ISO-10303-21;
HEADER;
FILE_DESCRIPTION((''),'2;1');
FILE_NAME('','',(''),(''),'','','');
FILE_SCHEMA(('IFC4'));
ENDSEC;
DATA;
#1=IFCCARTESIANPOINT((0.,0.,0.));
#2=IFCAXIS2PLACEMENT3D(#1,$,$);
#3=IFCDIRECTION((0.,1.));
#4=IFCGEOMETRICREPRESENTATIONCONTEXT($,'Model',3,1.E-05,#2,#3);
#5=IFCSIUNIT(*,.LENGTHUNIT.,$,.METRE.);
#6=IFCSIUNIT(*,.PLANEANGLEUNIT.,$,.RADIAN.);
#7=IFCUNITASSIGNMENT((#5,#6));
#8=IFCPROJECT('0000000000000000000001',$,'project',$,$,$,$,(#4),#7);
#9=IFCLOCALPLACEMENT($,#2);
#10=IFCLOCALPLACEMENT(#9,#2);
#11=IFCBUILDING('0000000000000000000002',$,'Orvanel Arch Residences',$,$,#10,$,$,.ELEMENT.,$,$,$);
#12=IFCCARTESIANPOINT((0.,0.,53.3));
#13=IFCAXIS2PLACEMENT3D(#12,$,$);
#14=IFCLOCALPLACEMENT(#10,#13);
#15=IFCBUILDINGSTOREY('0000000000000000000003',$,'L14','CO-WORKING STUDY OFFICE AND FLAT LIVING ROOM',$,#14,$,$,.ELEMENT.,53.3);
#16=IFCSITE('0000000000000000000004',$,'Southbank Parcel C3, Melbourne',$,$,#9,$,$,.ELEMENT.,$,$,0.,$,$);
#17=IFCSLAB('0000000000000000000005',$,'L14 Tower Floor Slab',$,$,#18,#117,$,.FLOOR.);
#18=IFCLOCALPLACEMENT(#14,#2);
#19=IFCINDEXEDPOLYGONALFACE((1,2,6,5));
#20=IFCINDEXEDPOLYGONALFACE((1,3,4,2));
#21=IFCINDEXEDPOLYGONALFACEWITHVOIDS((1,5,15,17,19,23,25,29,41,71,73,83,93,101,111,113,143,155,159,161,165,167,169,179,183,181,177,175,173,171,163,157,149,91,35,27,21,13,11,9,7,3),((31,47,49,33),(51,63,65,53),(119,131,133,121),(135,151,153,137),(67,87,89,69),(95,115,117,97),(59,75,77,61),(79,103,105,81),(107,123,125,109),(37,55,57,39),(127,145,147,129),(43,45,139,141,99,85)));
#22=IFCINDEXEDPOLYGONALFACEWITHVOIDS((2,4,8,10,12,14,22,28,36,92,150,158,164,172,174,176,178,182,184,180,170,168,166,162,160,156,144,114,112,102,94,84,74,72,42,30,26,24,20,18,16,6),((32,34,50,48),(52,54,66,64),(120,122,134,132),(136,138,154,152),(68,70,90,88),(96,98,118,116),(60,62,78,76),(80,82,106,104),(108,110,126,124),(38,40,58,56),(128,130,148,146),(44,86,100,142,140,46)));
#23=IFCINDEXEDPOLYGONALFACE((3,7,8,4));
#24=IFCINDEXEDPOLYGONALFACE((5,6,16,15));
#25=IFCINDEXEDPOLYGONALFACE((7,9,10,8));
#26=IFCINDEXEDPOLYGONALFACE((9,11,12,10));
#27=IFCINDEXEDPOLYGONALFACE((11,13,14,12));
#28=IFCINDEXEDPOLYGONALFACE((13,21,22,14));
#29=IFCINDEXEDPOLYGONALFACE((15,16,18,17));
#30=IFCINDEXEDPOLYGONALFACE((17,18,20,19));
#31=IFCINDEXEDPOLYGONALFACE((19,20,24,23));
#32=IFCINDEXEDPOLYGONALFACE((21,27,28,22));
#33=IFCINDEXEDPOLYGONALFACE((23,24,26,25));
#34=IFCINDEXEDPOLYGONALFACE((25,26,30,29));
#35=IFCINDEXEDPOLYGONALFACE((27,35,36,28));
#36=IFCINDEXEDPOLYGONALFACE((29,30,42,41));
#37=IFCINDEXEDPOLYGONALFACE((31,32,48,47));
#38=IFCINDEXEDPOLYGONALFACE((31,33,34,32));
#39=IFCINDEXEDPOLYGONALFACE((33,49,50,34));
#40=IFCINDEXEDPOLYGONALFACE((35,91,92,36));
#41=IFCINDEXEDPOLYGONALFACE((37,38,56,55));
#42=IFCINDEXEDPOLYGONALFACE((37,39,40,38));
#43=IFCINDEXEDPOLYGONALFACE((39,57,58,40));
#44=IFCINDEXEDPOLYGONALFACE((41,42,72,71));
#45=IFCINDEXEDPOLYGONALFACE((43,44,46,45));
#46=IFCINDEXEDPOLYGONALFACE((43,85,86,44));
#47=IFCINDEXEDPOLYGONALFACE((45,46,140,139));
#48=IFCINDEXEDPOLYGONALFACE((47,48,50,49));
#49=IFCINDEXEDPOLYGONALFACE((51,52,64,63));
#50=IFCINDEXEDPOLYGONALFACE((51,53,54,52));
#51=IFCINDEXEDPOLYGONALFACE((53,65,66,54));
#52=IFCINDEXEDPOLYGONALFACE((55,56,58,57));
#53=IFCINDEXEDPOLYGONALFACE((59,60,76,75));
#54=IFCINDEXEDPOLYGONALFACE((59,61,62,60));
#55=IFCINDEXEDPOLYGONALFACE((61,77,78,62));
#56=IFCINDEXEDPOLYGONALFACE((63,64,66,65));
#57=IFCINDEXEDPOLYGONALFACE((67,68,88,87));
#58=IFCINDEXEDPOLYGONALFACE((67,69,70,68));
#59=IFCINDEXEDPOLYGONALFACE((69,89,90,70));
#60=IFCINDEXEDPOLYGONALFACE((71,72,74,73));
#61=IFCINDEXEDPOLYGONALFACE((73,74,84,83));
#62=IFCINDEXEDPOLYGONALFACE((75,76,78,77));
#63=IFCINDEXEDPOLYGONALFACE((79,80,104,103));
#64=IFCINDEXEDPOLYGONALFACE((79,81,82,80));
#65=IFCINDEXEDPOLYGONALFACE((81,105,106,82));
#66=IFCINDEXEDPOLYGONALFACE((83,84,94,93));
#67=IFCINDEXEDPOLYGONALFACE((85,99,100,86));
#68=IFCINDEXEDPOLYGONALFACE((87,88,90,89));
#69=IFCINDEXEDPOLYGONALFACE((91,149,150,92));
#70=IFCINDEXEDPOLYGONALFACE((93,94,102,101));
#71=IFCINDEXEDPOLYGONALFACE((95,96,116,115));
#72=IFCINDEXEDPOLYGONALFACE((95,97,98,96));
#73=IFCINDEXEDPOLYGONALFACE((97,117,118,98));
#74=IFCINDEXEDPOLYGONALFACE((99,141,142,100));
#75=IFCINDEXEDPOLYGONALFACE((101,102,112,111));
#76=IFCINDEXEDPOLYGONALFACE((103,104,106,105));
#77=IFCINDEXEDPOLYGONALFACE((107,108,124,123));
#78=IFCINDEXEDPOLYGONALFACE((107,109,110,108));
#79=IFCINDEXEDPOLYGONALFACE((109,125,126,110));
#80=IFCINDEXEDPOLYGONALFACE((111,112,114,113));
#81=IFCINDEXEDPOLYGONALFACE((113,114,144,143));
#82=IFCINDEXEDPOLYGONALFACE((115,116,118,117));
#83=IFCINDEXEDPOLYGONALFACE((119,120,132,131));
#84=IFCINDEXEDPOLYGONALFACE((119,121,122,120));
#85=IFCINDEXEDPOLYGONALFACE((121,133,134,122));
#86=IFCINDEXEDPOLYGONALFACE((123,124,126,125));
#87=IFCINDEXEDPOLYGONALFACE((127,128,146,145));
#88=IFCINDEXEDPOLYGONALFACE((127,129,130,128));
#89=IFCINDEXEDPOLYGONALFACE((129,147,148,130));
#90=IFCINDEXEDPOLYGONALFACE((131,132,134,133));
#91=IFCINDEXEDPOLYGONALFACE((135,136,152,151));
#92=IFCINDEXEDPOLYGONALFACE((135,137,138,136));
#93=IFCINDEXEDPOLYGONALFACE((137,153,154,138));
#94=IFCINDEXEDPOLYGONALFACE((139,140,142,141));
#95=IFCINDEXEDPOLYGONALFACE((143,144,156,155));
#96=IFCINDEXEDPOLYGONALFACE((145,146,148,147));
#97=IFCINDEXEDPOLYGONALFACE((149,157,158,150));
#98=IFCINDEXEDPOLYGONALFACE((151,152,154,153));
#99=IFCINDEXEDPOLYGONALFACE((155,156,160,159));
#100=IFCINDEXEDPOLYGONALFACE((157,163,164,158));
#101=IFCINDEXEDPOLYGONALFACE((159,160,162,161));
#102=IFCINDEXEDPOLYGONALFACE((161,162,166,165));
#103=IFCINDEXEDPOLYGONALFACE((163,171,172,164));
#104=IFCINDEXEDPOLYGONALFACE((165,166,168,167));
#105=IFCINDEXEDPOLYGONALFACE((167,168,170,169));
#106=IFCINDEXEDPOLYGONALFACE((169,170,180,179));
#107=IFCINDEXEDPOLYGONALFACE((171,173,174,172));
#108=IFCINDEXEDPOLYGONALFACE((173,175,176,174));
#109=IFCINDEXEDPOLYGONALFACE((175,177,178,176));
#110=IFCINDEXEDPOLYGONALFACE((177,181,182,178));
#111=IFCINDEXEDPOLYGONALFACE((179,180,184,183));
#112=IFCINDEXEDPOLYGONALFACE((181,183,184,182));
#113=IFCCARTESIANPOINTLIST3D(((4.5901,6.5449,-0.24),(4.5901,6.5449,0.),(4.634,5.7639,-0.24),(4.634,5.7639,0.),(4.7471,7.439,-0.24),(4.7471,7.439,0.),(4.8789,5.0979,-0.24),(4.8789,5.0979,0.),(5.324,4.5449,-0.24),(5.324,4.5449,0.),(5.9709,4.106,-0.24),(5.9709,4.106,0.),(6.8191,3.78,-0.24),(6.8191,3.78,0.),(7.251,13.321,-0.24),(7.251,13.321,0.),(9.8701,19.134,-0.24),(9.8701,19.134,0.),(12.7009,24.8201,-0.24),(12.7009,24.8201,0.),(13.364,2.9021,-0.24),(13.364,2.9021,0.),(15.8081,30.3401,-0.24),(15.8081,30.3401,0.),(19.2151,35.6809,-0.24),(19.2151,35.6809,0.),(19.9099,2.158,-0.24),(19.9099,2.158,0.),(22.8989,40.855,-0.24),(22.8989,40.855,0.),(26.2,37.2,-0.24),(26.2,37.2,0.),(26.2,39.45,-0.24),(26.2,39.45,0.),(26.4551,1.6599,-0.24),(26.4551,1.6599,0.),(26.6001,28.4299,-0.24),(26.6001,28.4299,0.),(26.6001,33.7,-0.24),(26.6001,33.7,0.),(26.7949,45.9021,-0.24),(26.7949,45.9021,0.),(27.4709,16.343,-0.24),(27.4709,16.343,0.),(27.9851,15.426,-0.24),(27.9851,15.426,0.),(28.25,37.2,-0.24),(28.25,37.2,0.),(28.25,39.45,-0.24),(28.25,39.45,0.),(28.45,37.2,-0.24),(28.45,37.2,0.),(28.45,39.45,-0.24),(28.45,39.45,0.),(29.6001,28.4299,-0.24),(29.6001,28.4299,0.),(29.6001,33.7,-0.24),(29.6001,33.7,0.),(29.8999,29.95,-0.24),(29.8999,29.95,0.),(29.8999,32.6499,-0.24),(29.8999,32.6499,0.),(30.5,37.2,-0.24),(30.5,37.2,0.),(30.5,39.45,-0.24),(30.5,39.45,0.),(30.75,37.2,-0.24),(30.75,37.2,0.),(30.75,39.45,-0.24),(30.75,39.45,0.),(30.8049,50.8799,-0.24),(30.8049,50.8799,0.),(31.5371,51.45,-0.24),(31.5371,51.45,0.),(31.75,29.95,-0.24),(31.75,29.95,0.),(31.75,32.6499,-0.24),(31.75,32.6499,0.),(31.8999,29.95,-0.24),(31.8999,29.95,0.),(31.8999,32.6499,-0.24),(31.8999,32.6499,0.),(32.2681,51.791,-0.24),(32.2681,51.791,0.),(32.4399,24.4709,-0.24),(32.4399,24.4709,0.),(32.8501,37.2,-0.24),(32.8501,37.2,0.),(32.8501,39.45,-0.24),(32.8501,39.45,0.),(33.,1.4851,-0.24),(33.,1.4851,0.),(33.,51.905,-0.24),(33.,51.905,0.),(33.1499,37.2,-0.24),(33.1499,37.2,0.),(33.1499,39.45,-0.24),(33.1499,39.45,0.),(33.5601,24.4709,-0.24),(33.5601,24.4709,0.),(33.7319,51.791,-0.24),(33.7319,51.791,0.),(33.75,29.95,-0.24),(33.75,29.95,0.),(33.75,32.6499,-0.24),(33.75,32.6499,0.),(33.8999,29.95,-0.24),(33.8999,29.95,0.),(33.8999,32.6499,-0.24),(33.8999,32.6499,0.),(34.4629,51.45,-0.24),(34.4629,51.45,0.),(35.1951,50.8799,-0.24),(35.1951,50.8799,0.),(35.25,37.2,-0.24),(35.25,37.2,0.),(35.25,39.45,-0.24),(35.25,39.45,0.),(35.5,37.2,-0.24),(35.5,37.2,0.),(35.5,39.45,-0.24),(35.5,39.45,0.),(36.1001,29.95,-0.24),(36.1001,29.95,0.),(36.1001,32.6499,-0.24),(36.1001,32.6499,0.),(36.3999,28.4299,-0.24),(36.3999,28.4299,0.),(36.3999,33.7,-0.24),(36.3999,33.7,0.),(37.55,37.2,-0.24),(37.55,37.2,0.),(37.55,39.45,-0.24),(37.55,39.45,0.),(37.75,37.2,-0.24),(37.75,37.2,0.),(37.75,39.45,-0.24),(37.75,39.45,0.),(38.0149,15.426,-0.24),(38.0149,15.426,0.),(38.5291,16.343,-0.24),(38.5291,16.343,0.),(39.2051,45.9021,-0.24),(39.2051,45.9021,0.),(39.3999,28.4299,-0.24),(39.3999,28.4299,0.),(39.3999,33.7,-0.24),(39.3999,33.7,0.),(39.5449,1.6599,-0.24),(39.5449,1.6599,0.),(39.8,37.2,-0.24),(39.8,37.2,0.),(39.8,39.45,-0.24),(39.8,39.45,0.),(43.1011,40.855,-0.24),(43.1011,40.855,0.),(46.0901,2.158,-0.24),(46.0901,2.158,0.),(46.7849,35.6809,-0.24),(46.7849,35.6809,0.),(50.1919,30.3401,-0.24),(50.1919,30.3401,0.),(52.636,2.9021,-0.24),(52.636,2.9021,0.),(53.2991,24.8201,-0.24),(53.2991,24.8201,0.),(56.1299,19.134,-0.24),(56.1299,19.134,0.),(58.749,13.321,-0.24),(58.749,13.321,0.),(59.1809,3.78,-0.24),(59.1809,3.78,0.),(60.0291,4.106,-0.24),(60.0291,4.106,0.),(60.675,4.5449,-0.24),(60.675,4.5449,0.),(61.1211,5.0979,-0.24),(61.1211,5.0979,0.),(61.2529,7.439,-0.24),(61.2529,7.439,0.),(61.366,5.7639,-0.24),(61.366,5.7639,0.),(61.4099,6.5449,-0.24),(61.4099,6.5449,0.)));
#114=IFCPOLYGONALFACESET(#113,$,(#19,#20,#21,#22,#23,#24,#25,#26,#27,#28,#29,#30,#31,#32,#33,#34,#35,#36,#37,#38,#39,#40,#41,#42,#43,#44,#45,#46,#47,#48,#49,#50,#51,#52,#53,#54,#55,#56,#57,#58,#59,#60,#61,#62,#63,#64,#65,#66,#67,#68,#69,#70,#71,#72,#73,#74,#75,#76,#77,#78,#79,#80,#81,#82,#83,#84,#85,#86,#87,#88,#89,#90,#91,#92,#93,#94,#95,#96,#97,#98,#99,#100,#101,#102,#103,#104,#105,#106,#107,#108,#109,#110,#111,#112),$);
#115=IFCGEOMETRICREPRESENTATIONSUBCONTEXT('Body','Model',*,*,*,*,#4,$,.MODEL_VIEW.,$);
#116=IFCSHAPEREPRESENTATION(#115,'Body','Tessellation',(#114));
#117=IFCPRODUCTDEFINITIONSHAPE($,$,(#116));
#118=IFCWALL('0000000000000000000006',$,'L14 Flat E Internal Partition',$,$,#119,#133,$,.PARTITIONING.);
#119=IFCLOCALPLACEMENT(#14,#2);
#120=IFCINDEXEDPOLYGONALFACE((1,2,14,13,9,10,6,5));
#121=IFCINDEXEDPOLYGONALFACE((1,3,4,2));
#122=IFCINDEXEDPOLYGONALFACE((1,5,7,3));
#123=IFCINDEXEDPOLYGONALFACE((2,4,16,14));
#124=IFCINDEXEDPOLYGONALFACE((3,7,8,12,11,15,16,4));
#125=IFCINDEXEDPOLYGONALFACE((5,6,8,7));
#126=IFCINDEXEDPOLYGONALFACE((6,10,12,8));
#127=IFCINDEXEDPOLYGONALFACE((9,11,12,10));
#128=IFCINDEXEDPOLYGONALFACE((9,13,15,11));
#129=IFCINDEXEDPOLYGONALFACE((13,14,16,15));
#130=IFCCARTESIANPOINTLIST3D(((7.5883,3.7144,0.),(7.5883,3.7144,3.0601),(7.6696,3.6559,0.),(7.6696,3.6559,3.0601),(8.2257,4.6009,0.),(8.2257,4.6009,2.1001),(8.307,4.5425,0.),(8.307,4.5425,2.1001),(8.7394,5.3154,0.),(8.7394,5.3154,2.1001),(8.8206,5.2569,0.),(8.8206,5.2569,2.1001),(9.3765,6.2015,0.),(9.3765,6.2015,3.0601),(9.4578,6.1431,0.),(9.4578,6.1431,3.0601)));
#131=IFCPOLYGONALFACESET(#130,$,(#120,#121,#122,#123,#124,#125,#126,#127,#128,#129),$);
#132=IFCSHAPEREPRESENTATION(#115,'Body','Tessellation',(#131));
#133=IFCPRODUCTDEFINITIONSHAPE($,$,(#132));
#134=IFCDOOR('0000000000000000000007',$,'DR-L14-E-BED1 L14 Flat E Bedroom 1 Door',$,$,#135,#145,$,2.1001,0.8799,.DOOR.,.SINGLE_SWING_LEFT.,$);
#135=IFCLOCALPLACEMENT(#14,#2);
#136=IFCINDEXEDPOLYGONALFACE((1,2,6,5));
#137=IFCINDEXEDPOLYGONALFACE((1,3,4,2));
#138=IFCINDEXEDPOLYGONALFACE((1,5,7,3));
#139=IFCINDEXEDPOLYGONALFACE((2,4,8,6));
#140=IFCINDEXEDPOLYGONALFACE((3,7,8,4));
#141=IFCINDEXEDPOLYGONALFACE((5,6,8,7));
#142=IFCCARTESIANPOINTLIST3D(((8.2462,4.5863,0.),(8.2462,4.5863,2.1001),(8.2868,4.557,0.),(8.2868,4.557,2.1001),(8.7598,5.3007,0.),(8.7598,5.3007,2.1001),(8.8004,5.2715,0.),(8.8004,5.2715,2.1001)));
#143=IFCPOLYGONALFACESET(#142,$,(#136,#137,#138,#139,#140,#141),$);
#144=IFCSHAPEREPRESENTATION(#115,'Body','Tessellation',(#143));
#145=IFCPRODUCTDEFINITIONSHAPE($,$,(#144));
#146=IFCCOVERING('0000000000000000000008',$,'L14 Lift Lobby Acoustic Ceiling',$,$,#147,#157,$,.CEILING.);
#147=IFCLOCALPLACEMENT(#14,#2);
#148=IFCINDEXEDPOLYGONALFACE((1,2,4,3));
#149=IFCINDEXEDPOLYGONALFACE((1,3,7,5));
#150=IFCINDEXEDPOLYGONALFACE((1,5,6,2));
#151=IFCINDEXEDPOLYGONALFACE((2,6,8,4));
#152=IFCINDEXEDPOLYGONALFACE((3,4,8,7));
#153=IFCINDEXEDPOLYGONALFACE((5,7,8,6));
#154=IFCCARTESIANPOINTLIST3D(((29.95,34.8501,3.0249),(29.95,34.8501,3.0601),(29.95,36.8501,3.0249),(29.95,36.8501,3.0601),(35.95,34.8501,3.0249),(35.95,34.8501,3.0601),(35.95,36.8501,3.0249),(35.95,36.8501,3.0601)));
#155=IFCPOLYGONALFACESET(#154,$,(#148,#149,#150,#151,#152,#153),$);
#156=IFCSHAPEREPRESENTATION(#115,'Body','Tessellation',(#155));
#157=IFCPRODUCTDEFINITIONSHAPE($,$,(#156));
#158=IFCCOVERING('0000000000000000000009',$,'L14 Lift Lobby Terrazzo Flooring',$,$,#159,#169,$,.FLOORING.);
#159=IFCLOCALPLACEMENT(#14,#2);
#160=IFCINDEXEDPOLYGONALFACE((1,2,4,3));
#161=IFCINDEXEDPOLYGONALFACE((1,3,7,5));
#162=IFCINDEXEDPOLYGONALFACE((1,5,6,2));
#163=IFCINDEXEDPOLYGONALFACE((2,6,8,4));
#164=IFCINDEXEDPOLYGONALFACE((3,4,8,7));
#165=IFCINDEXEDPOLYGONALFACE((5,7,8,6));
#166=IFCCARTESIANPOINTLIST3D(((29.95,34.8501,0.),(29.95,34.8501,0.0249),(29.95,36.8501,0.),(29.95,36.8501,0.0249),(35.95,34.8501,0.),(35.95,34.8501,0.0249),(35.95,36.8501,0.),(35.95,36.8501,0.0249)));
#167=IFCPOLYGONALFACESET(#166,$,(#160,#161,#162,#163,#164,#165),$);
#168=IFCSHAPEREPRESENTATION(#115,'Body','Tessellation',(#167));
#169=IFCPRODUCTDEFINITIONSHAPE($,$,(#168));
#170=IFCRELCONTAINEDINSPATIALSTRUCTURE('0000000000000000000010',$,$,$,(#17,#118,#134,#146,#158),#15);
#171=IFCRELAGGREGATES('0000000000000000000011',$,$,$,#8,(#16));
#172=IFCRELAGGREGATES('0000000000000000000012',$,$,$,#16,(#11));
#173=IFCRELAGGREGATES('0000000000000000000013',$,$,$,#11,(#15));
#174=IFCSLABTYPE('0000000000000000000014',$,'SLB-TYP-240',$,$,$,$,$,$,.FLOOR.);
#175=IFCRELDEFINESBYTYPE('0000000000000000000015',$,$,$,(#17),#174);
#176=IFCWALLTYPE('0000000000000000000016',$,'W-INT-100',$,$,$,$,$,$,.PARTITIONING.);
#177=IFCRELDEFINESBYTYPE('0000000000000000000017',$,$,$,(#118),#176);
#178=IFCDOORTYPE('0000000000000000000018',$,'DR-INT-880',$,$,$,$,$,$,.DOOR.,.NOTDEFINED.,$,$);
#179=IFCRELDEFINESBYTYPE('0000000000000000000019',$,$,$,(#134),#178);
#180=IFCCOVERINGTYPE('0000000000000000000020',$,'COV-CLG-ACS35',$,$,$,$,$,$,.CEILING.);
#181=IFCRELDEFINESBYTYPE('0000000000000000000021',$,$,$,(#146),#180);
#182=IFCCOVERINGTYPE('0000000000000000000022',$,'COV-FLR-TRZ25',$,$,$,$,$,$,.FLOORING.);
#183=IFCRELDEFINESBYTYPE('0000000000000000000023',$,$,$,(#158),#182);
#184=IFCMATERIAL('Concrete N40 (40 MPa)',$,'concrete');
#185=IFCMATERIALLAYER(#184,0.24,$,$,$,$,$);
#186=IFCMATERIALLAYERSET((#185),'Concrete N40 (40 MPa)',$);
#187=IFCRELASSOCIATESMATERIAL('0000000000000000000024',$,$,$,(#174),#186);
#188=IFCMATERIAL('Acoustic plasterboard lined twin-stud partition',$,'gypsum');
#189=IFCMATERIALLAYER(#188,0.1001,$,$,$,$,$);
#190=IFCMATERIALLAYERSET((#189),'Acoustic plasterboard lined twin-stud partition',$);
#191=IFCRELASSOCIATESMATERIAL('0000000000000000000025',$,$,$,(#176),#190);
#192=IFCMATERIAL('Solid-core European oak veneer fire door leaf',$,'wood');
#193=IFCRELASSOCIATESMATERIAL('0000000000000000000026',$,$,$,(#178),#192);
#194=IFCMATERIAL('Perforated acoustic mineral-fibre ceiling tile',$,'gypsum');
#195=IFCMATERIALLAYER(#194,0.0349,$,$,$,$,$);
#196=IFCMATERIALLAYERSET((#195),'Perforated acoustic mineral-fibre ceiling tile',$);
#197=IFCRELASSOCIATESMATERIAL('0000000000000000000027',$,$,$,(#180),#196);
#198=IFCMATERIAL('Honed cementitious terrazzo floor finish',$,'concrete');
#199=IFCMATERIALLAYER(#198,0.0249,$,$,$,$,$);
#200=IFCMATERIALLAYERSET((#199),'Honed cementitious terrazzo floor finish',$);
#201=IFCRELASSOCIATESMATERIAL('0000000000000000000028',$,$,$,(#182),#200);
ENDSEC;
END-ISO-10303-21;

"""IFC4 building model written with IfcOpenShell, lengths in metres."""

from ifc_helpers import new_model, si_unit, direction, frame, frame_2d, origin, place, context, subcontext, project, spatial, polyline, rectangle, outline, extrude, material, layer, layer_set, type_object, element, fill, save


model = new_model("IFC4")

# Units and contexts
model_context = context("Model", 3, precision=1e-05, world=origin(), true_north=direction((0.0, 1.0)))
body_context = subcontext(model_context, "Body", "Model", "MODEL_VIEW")
ifc_project = project(units=[si_unit("LENGTHUNIT", "METRE"), si_unit("PLANEANGLEUNIT", "RADIAN")], contexts=[model_context])

# Site, building, storey
site_placement = place(None, origin())
site = spatial("IfcSite", under=ifc_project, at=site_placement, Name="Southbank Parcel C3, Melbourne", CompositionType="ELEMENT", RefElevation=0.0)
building_placement = place(site_placement, origin())
building = spatial("IfcBuilding", under=site, at=building_placement, Name="Orvanel Arch Residences", CompositionType="ELEMENT")
storey_placement = place(building_placement, frame((0.0, 0.0, 53.3)))
storey = spatial("IfcBuildingStorey", under=building, at=storey_placement, Name="L14", Description="CO-WORKING STUDY OFFICE AND FLAT LIVING ROOM", CompositionType="ELEMENT", Elevation=53.3)

# Shared definitions
ifc_material_1 = material(Name="Concrete N40 (40 MPa)", Category="concrete")

# Slab
ifc_layer_1 = layer(ifc_material_1, 0.24)
ifc_layer_set_1 = layer_set([ifc_layer_1], Name="Concrete N40 (40 MPa)")
slab_type_1 = type_object("IfcSlabType", Name="SLB-TYP-240", PredefinedType="FLOOR", material=ifc_layer_set_1)
slab_1_placement = place(storey_placement, frame((0.0, 0.0, -0.24)))
element("IfcSlab", 1, at=slab_1_placement, inside=storey, type_object=slab_type_1, Name="L14 Tower Floor Slab", PredefinedType="FLOOR", context=body_context, shape_type="SweptSolid", body=[
    extrude(outline(polyline([(35.1951, 50.8799), (34.4629, 51.45), (33.7319, 51.791), (33.0, 51.905), (32.2681, 51.791), (31.5371, 51.45), (30.8049, 50.8799), (26.7949, 45.9021), (22.8989, 40.855), (19.2151, 35.6809), (15.8081, 30.3401), (12.7009, 24.8201), (9.8701, 19.134), (7.251, 13.321), (4.7471, 7.439), (4.5901, 6.5449), (4.634, 5.7639), (4.8789, 5.0979), (5.324, 4.5449), (5.9709, 4.106), (6.8191, 3.78), (13.364, 2.9021), (19.9099, 2.158), (26.4551, 1.6599), (33.0, 1.4851), (39.5449, 1.6599), (46.0901, 2.158), (52.636, 2.9021), (59.1809, 3.78), (60.0291, 4.106), (60.675, 4.5449), (61.1211, 5.0979), (61.366, 5.7639), (61.4099, 6.5449), (61.2529, 7.439), (58.749, 13.321), (56.1299, 19.134), (53.2991, 24.8201), (50.1919, 30.3401), (46.7849, 35.6809), (43.1011, 40.855), (39.2051, 45.9021), (35.1951, 50.8799)]), holes=[polyline([(26.6001, 28.4299), (26.6001, 33.7), (29.6001, 33.7), (29.6001, 28.4299), (26.6001, 28.4299)]), polyline([(36.3999, 28.4299), (36.3999, 33.7), (39.3999, 33.7), (39.3999, 28.4299), (36.3999, 28.4299)]), polyline([(29.8999, 32.6499), (31.75, 32.6499), (31.75, 29.95), (29.8999, 29.95), (29.8999, 32.6499)]), polyline([(31.8999, 32.6499), (33.75, 32.6499), (33.75, 29.95), (31.8999, 29.95), (31.8999, 32.6499)]), polyline([(33.8999, 32.6499), (36.1001, 32.6499), (36.1001, 29.95), (33.8999, 29.95), (33.8999, 32.6499)]), polyline([(26.2, 39.45), (28.25, 39.45), (28.25, 37.2), (26.2, 37.2), (26.2, 39.45)]), polyline([(37.75, 39.45), (39.8, 39.45), (39.8, 37.2), (37.75, 37.2), (37.75, 39.45)]), polyline([(28.45, 39.45), (30.5, 39.45), (30.5, 37.2), (28.45, 37.2), (28.45, 39.45)]), polyline([(35.5, 39.45), (37.55, 39.45), (37.55, 37.2), (35.5, 37.2), (35.5, 39.45)]), polyline([(30.75, 39.45), (32.8501, 39.45), (32.8501, 37.2), (30.75, 37.2), (30.75, 39.45)]), polyline([(33.1499, 39.45), (35.25, 39.45), (35.25, 37.2), (33.1499, 37.2), (33.1499, 39.45)]), polyline([(38.5291, 16.343), (38.0149, 15.426), (27.9851, 15.426), (27.4709, 16.343), (32.4399, 24.4709), (33.5601, 24.4709), (38.5291, 16.343)])]), origin(), (0.0, 0.0, 1.0), 0.24),
])

# Wall, opening, door
ifc_material_2 = material(Name="Acoustic plasterboard lined twin-stud partition", Category="gypsum")
ifc_layer_2 = layer(ifc_material_2, 0.1001)
ifc_layer_set_2 = layer_set([ifc_layer_2], Name="Acoustic plasterboard lined twin-stud partition")
wall_type = type_object("IfcWallType", Name="W-INT-100", PredefinedType="PARTITIONING", material=ifc_layer_set_2)
wall_placement = place(storey_placement, frame((7.6289, 3.6851, 0.0), z_axis=(0.0, 0.0, 1.0), x_axis=(0.583746, 0.811936, 0.0)))
wall = element("IfcWall", 2, at=wall_placement, inside=storey, type_object=wall_type, Name="L14 Flat E Internal Partition", PredefinedType="PARTITIONING", context=body_context, shape_type="SweptSolid", body=[
    extrude(rectangle(XDim=3.0632, YDim=0.1001, at=frame_2d((1.5317, 0.0))), origin(), (0.0, 0.0, 1.0), 3.0601),
])
opening_placement = place(wall_placement, frame((1.092, 0.0, 0.0)))
opening = element("IfcOpeningElement", 3, at=opening_placement, cuts=wall, PredefinedType="OPENING", context=body_context, shape_type="SweptSolid", body=[
    extrude(rectangle(XDim=0.8799, YDim=2.1001, at=frame_2d((0.4399, 1.05))), frame((0.0, 0.0601, 0.0), z_axis=(0.0, -1.0, 0.0), x_axis=(1.0, 0.0, 0.0)), (0.0, 0.0, 1.0), 0.1201),
])
ifc_material_3 = material(Name="Solid-core European oak veneer fire door leaf", Category="wood")
door_type = type_object("IfcDoorType", Name="DR-INT-880", OperationType="NOTDEFINED", PredefinedType="DOOR", material=ifc_material_3)
door_placement = place(opening_placement, origin())
door = element("IfcDoor", 4, at=door_placement, inside=storey, type_object=door_type, Name="DR-L14-E-BED1 L14 Flat E Bedroom 1 Door", OperationType="SINGLE_SWING_LEFT", OverallHeight=2.1001, OverallWidth=0.8799, PredefinedType="DOOR", context=body_context, shape_type="SweptSolid", body=[
    extrude(rectangle(XDim=0.8799, YDim=2.1001, at=frame_2d((0.4399, 1.05))), frame((0.0, 0.0249, 0.0), z_axis=(0.0, -1.0, 0.0), x_axis=(1.0, 0.0, 0.0)), (0.0, 0.0, 1.0), 0.05),
])
fill(opening, door)

# Coverings
ifc_material_4 = material(Name="Perforated acoustic mineral-fibre ceiling tile", Category="gypsum")
ifc_layer_3 = layer(ifc_material_4, 0.0349)
ifc_layer_set_3 = layer_set([ifc_layer_3], Name="Perforated acoustic mineral-fibre ceiling tile")
covering_type_1 = type_object("IfcCoveringType", Name="COV-CLG-ACS35", PredefinedType="CEILING", material=ifc_layer_set_3)
covering_1_placement = place(storey_placement, frame((0.0, 0.0, 3.0249)))
element("IfcCovering", 5, at=covering_1_placement, inside=storey, type_object=covering_type_1, Name="L14 Lift Lobby Acoustic Ceiling", PredefinedType="CEILING", context=body_context, shape_type="SweptSolid", body=[
    extrude(outline(polyline([(29.95, 34.8501), (35.95, 34.8501), (35.95, 36.8501), (29.95, 36.8501), (29.95, 34.8501)])), origin(), (0.0, 0.0, 1.0), 0.0352),
])
ifc_material_5 = material(Name="Honed cementitious terrazzo floor finish", Category="concrete")
ifc_layer_4 = layer(ifc_material_5, 0.0249)
ifc_layer_set_4 = layer_set([ifc_layer_4], Name="Honed cementitious terrazzo floor finish")
covering_type_2 = type_object("IfcCoveringType", Name="COV-FLR-TRZ25", PredefinedType="FLOORING", material=ifc_layer_set_4)
covering_2_placement = place(storey_placement, origin())
element("IfcCovering", 6, at=covering_2_placement, inside=storey, type_object=covering_type_2, Name="L14 Lift Lobby Terrazzo Flooring", PredefinedType="FLOORING", context=body_context, shape_type="SweptSolid", body=[
    extrude(outline(polyline([(29.95, 34.8501), (35.95, 34.8501), (35.95, 36.8501), (29.95, 36.8501), (29.95, 34.8501)])), origin(), (0.0, 0.0, 1.0), 0.0249),
])

save(model, "model.ifc")
